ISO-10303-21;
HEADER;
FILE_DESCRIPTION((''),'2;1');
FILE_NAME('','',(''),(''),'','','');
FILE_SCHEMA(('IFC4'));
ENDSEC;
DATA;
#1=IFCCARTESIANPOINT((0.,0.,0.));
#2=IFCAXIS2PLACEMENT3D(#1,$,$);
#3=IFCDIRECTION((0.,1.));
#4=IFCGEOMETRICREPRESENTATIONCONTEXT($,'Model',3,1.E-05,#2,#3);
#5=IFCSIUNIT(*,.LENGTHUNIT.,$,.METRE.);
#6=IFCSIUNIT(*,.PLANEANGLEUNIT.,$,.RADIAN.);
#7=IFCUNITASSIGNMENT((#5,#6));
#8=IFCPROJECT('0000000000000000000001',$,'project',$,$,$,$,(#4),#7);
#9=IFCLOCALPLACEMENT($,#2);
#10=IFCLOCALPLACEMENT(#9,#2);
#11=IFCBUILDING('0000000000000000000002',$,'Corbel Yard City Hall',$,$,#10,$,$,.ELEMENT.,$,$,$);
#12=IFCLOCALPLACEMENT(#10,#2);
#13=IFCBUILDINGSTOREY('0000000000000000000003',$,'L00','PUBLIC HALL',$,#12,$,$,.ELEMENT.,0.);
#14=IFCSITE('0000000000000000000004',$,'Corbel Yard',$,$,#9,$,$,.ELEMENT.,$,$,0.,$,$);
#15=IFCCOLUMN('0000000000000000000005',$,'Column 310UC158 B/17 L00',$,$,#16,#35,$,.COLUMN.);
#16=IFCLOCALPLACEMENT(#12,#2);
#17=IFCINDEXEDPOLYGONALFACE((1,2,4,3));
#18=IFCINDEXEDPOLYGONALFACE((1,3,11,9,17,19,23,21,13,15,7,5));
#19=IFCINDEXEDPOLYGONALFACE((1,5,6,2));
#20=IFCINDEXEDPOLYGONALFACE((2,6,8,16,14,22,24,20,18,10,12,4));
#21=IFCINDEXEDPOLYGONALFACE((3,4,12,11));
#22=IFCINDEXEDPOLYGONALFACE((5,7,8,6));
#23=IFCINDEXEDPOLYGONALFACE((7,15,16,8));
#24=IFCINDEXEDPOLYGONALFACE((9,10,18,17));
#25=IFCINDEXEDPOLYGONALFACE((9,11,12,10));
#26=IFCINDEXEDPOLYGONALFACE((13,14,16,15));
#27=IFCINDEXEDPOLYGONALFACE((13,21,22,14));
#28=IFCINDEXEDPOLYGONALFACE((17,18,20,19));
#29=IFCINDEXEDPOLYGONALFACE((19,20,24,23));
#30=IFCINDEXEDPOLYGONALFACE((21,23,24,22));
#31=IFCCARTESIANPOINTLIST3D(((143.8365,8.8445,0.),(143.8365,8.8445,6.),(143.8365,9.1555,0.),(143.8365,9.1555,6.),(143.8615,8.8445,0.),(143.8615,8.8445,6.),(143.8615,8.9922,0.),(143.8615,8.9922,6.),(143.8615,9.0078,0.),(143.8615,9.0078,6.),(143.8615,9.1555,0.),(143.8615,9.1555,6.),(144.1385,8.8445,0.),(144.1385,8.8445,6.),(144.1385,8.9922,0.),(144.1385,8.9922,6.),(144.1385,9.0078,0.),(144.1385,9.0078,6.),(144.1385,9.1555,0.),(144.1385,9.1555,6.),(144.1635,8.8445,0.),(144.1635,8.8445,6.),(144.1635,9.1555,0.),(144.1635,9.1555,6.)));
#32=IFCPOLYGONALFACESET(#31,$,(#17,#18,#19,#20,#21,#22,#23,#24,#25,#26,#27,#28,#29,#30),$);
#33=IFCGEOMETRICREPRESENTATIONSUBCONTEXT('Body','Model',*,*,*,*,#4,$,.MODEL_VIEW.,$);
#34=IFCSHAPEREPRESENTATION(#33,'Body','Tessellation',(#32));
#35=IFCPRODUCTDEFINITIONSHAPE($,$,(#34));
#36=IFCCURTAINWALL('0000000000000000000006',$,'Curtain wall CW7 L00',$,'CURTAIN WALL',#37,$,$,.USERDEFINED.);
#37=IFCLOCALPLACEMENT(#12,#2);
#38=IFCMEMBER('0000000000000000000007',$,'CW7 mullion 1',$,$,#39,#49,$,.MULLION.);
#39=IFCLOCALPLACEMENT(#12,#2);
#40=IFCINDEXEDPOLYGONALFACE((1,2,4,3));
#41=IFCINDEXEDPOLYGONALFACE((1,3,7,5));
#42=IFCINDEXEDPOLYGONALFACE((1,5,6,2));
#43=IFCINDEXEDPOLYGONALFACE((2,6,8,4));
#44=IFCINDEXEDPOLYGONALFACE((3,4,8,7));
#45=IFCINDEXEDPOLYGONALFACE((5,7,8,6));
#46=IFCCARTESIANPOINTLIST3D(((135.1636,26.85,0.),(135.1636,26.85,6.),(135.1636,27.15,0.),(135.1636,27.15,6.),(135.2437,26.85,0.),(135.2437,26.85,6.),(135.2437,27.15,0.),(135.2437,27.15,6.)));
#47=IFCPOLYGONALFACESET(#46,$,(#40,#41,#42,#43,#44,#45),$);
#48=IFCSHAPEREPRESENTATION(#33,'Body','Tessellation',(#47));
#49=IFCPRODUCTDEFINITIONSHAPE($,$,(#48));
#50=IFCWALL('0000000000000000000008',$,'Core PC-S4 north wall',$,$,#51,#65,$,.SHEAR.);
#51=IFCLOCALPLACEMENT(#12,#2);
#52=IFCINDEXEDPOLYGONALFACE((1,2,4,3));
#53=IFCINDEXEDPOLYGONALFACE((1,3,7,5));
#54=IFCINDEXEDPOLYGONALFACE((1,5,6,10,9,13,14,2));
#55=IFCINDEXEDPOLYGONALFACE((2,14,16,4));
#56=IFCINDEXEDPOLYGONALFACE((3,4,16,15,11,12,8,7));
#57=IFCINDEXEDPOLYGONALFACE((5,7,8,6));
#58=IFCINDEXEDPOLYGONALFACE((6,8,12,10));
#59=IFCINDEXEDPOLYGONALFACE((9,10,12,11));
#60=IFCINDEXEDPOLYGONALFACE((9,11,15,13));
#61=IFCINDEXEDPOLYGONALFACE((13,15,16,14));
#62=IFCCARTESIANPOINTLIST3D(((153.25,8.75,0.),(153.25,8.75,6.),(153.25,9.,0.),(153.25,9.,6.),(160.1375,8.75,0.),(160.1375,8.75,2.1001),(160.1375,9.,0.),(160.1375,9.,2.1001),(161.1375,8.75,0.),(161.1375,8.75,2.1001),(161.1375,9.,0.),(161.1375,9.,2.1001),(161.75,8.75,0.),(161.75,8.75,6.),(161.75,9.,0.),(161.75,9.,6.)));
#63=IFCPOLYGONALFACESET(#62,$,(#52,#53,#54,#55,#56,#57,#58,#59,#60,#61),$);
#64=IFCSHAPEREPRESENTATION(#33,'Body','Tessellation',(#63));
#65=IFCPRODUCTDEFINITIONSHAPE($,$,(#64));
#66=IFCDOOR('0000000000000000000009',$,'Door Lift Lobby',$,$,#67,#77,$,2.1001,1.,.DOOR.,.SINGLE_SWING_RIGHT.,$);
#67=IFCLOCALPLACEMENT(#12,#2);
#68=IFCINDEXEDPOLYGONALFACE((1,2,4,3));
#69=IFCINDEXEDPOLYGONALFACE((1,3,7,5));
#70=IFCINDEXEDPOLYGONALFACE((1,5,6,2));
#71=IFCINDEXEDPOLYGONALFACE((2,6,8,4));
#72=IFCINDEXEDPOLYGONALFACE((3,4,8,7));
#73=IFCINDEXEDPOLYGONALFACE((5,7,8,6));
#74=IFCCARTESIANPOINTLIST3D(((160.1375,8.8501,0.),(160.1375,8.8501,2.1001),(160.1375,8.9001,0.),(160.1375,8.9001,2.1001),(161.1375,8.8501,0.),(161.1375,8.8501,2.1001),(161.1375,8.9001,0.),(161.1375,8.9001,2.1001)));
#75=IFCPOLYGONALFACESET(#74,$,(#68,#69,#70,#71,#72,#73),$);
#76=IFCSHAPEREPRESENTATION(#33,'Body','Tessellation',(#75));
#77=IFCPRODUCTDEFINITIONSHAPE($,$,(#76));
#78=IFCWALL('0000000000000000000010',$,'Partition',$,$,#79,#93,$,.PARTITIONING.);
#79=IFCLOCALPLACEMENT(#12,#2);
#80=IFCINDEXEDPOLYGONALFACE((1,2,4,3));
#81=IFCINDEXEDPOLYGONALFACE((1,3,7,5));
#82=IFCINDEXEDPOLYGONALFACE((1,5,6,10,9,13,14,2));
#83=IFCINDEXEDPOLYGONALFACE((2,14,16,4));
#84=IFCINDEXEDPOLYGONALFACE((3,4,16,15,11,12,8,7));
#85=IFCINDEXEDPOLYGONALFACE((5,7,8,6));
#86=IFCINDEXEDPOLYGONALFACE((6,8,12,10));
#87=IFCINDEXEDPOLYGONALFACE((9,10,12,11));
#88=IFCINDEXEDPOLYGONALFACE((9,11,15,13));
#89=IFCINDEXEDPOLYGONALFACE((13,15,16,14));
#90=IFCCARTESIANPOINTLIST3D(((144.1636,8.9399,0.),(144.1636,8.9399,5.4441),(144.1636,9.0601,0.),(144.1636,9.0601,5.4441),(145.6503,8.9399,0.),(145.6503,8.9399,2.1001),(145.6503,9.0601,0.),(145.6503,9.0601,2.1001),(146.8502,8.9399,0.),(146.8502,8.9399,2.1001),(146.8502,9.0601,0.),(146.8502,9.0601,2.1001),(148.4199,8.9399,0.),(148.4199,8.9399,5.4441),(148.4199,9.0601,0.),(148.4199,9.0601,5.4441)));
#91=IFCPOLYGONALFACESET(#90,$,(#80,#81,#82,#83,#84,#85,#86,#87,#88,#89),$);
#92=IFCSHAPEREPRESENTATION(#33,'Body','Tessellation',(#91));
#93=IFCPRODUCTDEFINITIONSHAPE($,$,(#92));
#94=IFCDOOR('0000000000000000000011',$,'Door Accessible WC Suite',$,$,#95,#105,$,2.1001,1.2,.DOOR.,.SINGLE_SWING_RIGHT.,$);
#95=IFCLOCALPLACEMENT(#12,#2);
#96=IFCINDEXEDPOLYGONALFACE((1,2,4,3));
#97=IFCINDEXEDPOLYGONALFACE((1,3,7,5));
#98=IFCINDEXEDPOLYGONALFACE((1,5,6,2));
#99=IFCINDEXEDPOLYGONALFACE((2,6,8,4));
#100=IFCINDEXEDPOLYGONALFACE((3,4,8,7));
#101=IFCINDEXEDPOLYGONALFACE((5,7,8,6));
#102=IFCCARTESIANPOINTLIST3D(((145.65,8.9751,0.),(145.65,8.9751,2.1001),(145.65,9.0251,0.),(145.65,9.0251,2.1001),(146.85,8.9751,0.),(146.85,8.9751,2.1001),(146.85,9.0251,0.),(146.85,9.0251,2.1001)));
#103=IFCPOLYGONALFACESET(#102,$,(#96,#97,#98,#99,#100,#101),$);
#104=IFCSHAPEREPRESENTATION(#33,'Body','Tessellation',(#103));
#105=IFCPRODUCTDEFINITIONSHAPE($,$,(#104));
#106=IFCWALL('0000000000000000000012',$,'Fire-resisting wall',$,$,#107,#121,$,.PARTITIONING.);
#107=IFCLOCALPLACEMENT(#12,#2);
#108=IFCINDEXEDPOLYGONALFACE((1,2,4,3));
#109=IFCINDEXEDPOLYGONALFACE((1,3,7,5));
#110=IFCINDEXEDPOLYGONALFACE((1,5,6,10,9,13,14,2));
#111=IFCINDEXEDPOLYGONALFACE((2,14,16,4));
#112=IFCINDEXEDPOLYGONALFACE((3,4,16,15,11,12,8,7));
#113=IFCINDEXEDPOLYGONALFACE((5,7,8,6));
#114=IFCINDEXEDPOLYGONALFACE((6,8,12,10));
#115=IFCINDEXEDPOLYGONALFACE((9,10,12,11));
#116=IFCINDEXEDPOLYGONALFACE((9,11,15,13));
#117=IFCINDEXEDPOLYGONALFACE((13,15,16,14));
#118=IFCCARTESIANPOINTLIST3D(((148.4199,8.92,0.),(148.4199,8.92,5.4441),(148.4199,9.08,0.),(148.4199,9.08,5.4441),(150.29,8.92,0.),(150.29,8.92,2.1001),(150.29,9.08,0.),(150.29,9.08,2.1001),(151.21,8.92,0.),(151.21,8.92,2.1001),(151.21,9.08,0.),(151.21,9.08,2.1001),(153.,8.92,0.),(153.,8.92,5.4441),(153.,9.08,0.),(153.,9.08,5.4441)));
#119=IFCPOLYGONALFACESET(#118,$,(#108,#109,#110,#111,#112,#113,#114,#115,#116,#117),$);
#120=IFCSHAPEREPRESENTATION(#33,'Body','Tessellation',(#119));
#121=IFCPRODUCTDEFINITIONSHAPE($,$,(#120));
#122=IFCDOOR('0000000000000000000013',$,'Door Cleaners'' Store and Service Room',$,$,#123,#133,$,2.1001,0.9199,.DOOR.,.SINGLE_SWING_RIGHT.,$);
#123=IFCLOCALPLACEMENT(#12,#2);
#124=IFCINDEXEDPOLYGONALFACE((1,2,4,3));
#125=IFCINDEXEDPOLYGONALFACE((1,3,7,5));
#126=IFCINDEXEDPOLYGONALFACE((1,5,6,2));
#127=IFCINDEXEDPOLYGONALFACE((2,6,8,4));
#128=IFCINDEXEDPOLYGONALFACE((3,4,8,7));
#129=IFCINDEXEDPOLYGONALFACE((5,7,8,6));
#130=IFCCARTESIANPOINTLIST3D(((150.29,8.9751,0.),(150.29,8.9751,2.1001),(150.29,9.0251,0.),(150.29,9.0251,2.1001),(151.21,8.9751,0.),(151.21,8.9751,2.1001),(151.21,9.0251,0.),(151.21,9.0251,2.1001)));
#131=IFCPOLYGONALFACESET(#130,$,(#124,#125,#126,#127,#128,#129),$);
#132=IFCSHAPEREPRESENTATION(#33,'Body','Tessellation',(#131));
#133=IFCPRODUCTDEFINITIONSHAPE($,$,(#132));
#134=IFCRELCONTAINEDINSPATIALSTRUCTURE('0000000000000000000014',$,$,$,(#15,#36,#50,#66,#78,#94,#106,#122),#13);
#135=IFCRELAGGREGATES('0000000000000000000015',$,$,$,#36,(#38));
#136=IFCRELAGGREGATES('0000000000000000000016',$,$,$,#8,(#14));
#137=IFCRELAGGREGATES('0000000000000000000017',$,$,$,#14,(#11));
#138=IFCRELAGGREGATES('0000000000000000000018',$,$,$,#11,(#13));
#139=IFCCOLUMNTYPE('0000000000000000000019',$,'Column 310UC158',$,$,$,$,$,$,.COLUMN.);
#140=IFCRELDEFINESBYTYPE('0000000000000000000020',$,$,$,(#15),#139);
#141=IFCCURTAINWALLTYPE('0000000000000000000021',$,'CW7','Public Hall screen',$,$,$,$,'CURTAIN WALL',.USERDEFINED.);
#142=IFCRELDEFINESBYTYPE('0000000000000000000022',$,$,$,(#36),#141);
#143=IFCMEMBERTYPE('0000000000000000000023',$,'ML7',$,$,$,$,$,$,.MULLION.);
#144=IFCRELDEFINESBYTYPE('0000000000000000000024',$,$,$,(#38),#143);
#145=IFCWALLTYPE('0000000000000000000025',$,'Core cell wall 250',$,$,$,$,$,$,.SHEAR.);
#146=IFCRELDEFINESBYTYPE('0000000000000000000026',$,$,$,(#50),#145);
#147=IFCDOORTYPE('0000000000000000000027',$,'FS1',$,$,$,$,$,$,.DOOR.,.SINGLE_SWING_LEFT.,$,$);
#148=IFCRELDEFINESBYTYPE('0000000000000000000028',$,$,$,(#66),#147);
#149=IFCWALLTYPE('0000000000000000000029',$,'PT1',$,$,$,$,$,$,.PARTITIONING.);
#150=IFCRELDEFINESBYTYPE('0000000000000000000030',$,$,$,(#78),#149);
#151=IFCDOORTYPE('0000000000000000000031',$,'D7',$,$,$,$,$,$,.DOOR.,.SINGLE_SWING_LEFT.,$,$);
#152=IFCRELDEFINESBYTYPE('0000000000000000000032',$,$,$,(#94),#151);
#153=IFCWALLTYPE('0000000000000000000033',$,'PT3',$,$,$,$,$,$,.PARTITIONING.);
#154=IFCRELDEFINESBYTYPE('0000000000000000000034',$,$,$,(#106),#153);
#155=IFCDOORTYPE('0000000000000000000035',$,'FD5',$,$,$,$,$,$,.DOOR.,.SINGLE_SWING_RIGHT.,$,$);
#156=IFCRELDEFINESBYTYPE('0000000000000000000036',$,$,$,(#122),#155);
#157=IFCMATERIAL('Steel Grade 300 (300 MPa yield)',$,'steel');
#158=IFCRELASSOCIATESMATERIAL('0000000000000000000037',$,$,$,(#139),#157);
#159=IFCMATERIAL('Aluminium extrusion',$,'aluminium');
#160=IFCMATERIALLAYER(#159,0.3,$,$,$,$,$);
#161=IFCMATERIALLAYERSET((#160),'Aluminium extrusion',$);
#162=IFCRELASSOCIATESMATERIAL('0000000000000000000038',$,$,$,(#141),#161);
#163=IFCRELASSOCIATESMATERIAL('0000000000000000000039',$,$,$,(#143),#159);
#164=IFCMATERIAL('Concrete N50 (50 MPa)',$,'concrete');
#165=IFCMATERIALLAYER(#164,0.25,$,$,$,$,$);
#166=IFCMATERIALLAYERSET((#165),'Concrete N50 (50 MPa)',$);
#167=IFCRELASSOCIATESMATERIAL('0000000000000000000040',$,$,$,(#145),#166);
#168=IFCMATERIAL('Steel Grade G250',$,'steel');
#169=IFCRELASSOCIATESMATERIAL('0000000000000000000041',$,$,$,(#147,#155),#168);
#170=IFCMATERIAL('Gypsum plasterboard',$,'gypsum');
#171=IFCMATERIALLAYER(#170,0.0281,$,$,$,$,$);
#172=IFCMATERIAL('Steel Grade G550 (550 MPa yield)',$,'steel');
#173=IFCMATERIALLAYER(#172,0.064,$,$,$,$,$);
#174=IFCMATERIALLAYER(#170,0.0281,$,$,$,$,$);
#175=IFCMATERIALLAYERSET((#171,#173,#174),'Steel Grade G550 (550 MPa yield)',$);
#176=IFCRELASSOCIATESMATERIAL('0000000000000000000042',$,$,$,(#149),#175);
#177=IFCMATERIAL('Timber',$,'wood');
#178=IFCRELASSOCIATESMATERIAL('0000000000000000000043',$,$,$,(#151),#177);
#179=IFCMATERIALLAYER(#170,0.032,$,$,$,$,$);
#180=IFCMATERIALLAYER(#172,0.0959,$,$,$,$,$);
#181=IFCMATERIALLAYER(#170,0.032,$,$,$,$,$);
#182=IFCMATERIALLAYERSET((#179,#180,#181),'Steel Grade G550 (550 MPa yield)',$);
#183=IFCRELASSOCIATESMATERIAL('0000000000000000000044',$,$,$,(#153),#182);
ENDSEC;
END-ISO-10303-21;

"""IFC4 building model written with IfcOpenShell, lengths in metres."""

from ifc_helpers import new_model, si_unit, direction, frame, frame_2d, origin, origin_2d, place, context, subcontext, project, spatial, rectangle, i_section, extrude, material, layer, layer_set, material_profile, profile_set, type_object, element, fill, aggregate, save


model = new_model("IFC4")

# Units and contexts
model_context = context("Model", 3, precision=1e-05, world=origin(), true_north=direction((0.0, 1.0)))
body_context = subcontext(model_context, "Body", "Model", "MODEL_VIEW")
ifc_project = project(units=[si_unit("LENGTHUNIT", "METRE"), si_unit("PLANEANGLEUNIT", "RADIAN")], contexts=[model_context])

# Site, building, storey
site_placement = place(None, origin())
site = spatial("IfcSite", under=ifc_project, at=site_placement, Name="Corbel Yard", CompositionType="ELEMENT", RefElevation=0.0)
building_placement = place(site_placement, origin())
building = spatial("IfcBuilding", under=site, at=building_placement, Name="Corbel Yard City Hall", CompositionType="ELEMENT")
storey_placement = place(building_placement, origin())
storey = spatial("IfcBuildingStorey", under=building, at=storey_placement, Name="L00", Description="PUBLIC HALL", CompositionType="ELEMENT", Elevation=0.0)

# Column
ifc_material_1 = material(Name="Steel Grade 300 (300 MPa yield)", Category="steel")
ifc_material_profile_1 = material_profile(ifc_material_1, i_section(OverallWidth=0.311, OverallDepth=0.3269, WebThickness=0.0156, FlangeThickness=0.0249, at=origin_2d()), Name="310UC158")
ifc_profile_set_1 = profile_set([ifc_material_profile_1], Name="Steel Grade 300 (300 MPa yield)")
column_type = type_object("IfcColumnType", Name="Column 310UC158", PredefinedType="COLUMN", material=ifc_profile_set_1)
column_placement = place(storey_placement, frame((144.0, 9.0, 0.0), z_axis=(0.0, 0.0, 1.0), x_axis=(0.0, 1.0, 0.0)))
element("IfcColumn", 1, at=column_placement, inside=storey, type_object=column_type, Name="Column 310UC158 B/17 L00", PredefinedType="COLUMN", context=body_context, shape_type="SweptSolid", body=[
    extrude(i_section(OverallWidth=0.311, OverallDepth=0.3269, WebThickness=0.0156, FlangeThickness=0.0249, at=origin_2d()), origin(), (0.0, 0.0, 1.0), 6.0),
])

# Curtain wall, member
ifc_material_2 = material(Name="Aluminium extrusion", Category="aluminium")
ifc_layer_1 = layer(ifc_material_2, 0.3)
ifc_layer_set_1 = layer_set([ifc_layer_1], Name="Aluminium extrusion")
curtain_wall_type = type_object("IfcCurtainWallType", Name="CW7", Description="Public Hall screen", ElementType="CURTAIN WALL", PredefinedType="USERDEFINED", material=ifc_layer_set_1)
curtain_wall_placement = place(storey_placement, origin())
curtain_wall = element("IfcCurtainWall", 2, at=curtain_wall_placement, inside=storey, type_object=curtain_wall_type, Name="Curtain wall CW7 L00", ObjectType="CURTAIN WALL", PredefinedType="USERDEFINED")
ifc_material_profile_2 = material_profile(ifc_material_2, rectangle(XDim=0.3, YDim=0.0801, at=origin_2d()), Name="300x80")
ifc_profile_set_2 = profile_set([ifc_material_profile_2], Name="Aluminium extrusion")
member_type = type_object("IfcMemberType", Name="ML7", PredefinedType="MULLION", material=ifc_profile_set_2)
member_placement = place(storey_placement, frame((135.2036, 27.0, 0.0), z_axis=(0.0, 0.0, 1.0), x_axis=(0.0, 1.0, 0.0)))
member = element("IfcMember", 3, at=member_placement, type_object=member_type, Name="CW7 mullion 1", PredefinedType="MULLION", context=body_context, shape_type="SweptSolid", body=[
    extrude(rectangle(XDim=0.3, YDim=0.0801, at=origin_2d()), origin(), (0.0, 0.0, 1.0), 6.0),
])
aggregate(curtain_wall, [member])

# Walls, openings, doors
ifc_material_3 = material(Name="Concrete N50 (50 MPa)", Category="concrete")
ifc_layer_2 = layer(ifc_material_3, 0.25)
ifc_layer_set_2 = layer_set([ifc_layer_2], Name="Concrete N50 (50 MPa)")
wall_type_1 = type_object("IfcWallType", Name="Core cell wall 250", PredefinedType="SHEAR", material=ifc_layer_set_2)
wall_1_placement = place(storey_placement, frame((153.25, 8.875, 0.0), z_axis=(0.0, 0.0, 1.0), x_axis=(1.0, 0.0, 0.0)))
wall_1 = element("IfcWall", 4, at=wall_1_placement, inside=storey, type_object=wall_type_1, Name="Core PC-S4 north wall", PredefinedType="SHEAR", context=body_context, shape_type="SweptSolid", body=[
    extrude(rectangle(XDim=8.5, YDim=0.25, at=frame_2d((4.25, 0.0))), origin(), (0.0, 0.0, 1.0), 6.0),
])
opening_1_placement = place(wall_1_placement, frame((6.8875, 0.0, 0.0)))
opening_1 = element("IfcOpeningElement", 5, at=opening_1_placement, cuts=wall_1, PredefinedType="OPENING", context=body_context, shape_type="SweptSolid", body=[
    extrude(rectangle(XDim=1.0, YDim=2.1001, at=frame_2d((0.5, 1.05))), frame((0.0, 0.135, 0.0), z_axis=(0.0, -1.0, 0.0), x_axis=(1.0, 0.0, 0.0)), (0.0, 0.0, 1.0), 0.27),
])
ifc_material_4 = material(Name="Steel Grade G250", Category="steel")
door_type_1 = type_object("IfcDoorType", Name="FS1", OperationType="SINGLE_SWING_LEFT", PredefinedType="DOOR", material=ifc_material_4)
door_1_placement = place(opening_1_placement, frame((1.0, 0.0, 0.0), z_axis=(0.0, 0.0, 1.0), x_axis=(-1.0, 0.0, 0.0)))
door_1 = element("IfcDoor", 6, at=door_1_placement, inside=storey, type_object=door_type_1, Name="Door Lift Lobby", OperationType="SINGLE_SWING_RIGHT", OverallHeight=2.1001, OverallWidth=1.0, PredefinedType="DOOR", context=body_context, shape_type="SweptSolid", body=[
    extrude(rectangle(XDim=1.0, YDim=2.1001, at=frame_2d((0.5, 1.05))), frame((0.0, 0.0249, 0.0), z_axis=(0.0, -1.0, 0.0), x_axis=(1.0, 0.0, 0.0)), (0.0, 0.0, 1.0), 0.05),
])
fill(opening_1, door_1)
ifc_material_5 = material(Name="Gypsum plasterboard", Category="gypsum")
ifc_layer_3 = layer(ifc_material_5, 0.0281)
ifc_material_6 = material(Name="Steel Grade G550 (550 MPa yield)", Category="steel")
ifc_layer_4 = layer(ifc_material_6, 0.064)
ifc_layer_5 = layer(ifc_material_5, 0.0281)
ifc_layer_set_3 = layer_set([ifc_layer_3, ifc_layer_4, ifc_layer_5], Name="Steel Grade G550 (550 MPa yield)")
wall_type_2 = type_object("IfcWallType", Name="PT1", PredefinedType="PARTITIONING", material=ifc_layer_set_3)
wall_2_placement = place(storey_placement, frame((144.1636, 9.0, 0.0), z_axis=(0.0, 0.0, 1.0), x_axis=(1.0, 0.0, 0.0)))
wall_2 = element("IfcWall", 7, at=wall_2_placement, inside=storey, type_object=wall_type_2, Name="Partition", PredefinedType="PARTITIONING", context=body_context, shape_type="SweptSolid", body=[
    extrude(rectangle(XDim=4.2563, YDim=0.1201, at=frame_2d((2.1282, 0.0))), origin(), (0.0, 0.0, 1.0), 5.4441),
])
opening_2_placement = place(wall_2_placement, frame((1.4866, 0.0, 0.0)))
opening_2 = element("IfcOpeningElement", 8, at=opening_2_placement, cuts=wall_2, PredefinedType="OPENING", context=body_context, shape_type="SweptSolid", body=[
    extrude(rectangle(XDim=1.2, YDim=2.1001, at=frame_2d((0.6001, 1.05))), frame((0.0, 0.0701, 0.0), z_axis=(0.0, -1.0, 0.0), x_axis=(1.0, 0.0, 0.0)), (0.0, 0.0, 1.0), 0.1401),
])
ifc_material_7 = material(Name="Timber", Category="wood")
door_type_2 = type_object("IfcDoorType", Name="D7", OperationType="SINGLE_SWING_LEFT", PredefinedType="DOOR", material=ifc_material_7)
door_2_placement = place(opening_2_placement, frame((1.2, 0.0, 0.0), z_axis=(0.0, 0.0, 1.0), x_axis=(-1.0, 0.0, 0.0)))
door_2 = element("IfcDoor", 9, at=door_2_placement, inside=storey, type_object=door_type_2, Name="Door Accessible WC Suite", OperationType="SINGLE_SWING_RIGHT", OverallHeight=2.1001, OverallWidth=1.2, PredefinedType="DOOR", context=body_context, shape_type="SweptSolid", body=[
    extrude(rectangle(XDim=1.2, YDim=2.1001, at=frame_2d((0.6001, 1.05))), frame((0.0, 0.0249, 0.0), z_axis=(0.0, -1.0, 0.0), x_axis=(1.0, 0.0, 0.0)), (0.0, 0.0, 1.0), 0.05),
])
fill(opening_2, door_2)
ifc_layer_6 = layer(ifc_material_5, 0.032)
ifc_layer_7 = layer(ifc_material_6, 0.0959)
ifc_layer_8 = layer(ifc_material_5, 0.032)
ifc_layer_set_4 = layer_set([ifc_layer_6, ifc_layer_7, ifc_layer_8], Name="Steel Grade G550 (550 MPa yield)")
wall_type_3 = type_object("IfcWallType", Name="PT3", PredefinedType="PARTITIONING", material=ifc_layer_set_4)
wall_3_placement = place(storey_placement, frame((148.4199, 9.0, 0.0), z_axis=(0.0, 0.0, 1.0), x_axis=(1.0, 0.0, 0.0)))
wall_3 = element("IfcWall", 10, at=wall_3_placement, inside=storey, type_object=wall_type_3, Name="Fire-resisting wall", PredefinedType="PARTITIONING", context=body_context, shape_type="SweptSolid", body=[
    extrude(rectangle(XDim=4.5801, YDim=0.1599, at=frame_2d((2.29, 0.0))), origin(), (0.0, 0.0, 1.0), 5.4441),
])
opening_3_placement = place(wall_3_placement, frame((1.8701, 0.0, 0.0)))
opening_3 = element("IfcOpeningElement", 11, at=opening_3_placement, cuts=wall_3, PredefinedType="OPENING", context=body_context, shape_type="SweptSolid", body=[
    extrude(rectangle(XDim=0.9199, YDim=2.1001, at=frame_2d((0.46, 1.05))), frame((0.0, 0.0898, 0.0), z_axis=(0.0, -1.0, 0.0), x_axis=(1.0, 0.0, 0.0)), (0.0, 0.0, 1.0), 0.1799),
])
door_type_3 = type_object("IfcDoorType", Name="FD5", OperationType="SINGLE_SWING_RIGHT", PredefinedType="DOOR", material=ifc_material_4)
door_3_placement = place(opening_3_placement, frame((0.9199, 0.0, 0.0), z_axis=(0.0, 0.0, 1.0), x_axis=(-1.0, 0.0, 0.0)))
door_3 = element("IfcDoor", 12, at=door_3_placement, inside=storey, type_object=door_type_3, Name="Door Cleaners' Store and Service Room", OperationType="SINGLE_SWING_RIGHT", OverallHeight=2.1001, OverallWidth=0.9199, PredefinedType="DOOR", context=body_context, shape_type="SweptSolid", body=[
    extrude(rectangle(XDim=0.9199, YDim=2.1001, at=frame_2d((0.46, 1.05))), frame((0.0, 0.0249, 0.0), z_axis=(0.0, -1.0, 0.0), x_axis=(1.0, 0.0, 0.0)), (0.0, 0.0, 1.0), 0.05),
])
fill(opening_3, door_3)

save(model, "model.ifc")
